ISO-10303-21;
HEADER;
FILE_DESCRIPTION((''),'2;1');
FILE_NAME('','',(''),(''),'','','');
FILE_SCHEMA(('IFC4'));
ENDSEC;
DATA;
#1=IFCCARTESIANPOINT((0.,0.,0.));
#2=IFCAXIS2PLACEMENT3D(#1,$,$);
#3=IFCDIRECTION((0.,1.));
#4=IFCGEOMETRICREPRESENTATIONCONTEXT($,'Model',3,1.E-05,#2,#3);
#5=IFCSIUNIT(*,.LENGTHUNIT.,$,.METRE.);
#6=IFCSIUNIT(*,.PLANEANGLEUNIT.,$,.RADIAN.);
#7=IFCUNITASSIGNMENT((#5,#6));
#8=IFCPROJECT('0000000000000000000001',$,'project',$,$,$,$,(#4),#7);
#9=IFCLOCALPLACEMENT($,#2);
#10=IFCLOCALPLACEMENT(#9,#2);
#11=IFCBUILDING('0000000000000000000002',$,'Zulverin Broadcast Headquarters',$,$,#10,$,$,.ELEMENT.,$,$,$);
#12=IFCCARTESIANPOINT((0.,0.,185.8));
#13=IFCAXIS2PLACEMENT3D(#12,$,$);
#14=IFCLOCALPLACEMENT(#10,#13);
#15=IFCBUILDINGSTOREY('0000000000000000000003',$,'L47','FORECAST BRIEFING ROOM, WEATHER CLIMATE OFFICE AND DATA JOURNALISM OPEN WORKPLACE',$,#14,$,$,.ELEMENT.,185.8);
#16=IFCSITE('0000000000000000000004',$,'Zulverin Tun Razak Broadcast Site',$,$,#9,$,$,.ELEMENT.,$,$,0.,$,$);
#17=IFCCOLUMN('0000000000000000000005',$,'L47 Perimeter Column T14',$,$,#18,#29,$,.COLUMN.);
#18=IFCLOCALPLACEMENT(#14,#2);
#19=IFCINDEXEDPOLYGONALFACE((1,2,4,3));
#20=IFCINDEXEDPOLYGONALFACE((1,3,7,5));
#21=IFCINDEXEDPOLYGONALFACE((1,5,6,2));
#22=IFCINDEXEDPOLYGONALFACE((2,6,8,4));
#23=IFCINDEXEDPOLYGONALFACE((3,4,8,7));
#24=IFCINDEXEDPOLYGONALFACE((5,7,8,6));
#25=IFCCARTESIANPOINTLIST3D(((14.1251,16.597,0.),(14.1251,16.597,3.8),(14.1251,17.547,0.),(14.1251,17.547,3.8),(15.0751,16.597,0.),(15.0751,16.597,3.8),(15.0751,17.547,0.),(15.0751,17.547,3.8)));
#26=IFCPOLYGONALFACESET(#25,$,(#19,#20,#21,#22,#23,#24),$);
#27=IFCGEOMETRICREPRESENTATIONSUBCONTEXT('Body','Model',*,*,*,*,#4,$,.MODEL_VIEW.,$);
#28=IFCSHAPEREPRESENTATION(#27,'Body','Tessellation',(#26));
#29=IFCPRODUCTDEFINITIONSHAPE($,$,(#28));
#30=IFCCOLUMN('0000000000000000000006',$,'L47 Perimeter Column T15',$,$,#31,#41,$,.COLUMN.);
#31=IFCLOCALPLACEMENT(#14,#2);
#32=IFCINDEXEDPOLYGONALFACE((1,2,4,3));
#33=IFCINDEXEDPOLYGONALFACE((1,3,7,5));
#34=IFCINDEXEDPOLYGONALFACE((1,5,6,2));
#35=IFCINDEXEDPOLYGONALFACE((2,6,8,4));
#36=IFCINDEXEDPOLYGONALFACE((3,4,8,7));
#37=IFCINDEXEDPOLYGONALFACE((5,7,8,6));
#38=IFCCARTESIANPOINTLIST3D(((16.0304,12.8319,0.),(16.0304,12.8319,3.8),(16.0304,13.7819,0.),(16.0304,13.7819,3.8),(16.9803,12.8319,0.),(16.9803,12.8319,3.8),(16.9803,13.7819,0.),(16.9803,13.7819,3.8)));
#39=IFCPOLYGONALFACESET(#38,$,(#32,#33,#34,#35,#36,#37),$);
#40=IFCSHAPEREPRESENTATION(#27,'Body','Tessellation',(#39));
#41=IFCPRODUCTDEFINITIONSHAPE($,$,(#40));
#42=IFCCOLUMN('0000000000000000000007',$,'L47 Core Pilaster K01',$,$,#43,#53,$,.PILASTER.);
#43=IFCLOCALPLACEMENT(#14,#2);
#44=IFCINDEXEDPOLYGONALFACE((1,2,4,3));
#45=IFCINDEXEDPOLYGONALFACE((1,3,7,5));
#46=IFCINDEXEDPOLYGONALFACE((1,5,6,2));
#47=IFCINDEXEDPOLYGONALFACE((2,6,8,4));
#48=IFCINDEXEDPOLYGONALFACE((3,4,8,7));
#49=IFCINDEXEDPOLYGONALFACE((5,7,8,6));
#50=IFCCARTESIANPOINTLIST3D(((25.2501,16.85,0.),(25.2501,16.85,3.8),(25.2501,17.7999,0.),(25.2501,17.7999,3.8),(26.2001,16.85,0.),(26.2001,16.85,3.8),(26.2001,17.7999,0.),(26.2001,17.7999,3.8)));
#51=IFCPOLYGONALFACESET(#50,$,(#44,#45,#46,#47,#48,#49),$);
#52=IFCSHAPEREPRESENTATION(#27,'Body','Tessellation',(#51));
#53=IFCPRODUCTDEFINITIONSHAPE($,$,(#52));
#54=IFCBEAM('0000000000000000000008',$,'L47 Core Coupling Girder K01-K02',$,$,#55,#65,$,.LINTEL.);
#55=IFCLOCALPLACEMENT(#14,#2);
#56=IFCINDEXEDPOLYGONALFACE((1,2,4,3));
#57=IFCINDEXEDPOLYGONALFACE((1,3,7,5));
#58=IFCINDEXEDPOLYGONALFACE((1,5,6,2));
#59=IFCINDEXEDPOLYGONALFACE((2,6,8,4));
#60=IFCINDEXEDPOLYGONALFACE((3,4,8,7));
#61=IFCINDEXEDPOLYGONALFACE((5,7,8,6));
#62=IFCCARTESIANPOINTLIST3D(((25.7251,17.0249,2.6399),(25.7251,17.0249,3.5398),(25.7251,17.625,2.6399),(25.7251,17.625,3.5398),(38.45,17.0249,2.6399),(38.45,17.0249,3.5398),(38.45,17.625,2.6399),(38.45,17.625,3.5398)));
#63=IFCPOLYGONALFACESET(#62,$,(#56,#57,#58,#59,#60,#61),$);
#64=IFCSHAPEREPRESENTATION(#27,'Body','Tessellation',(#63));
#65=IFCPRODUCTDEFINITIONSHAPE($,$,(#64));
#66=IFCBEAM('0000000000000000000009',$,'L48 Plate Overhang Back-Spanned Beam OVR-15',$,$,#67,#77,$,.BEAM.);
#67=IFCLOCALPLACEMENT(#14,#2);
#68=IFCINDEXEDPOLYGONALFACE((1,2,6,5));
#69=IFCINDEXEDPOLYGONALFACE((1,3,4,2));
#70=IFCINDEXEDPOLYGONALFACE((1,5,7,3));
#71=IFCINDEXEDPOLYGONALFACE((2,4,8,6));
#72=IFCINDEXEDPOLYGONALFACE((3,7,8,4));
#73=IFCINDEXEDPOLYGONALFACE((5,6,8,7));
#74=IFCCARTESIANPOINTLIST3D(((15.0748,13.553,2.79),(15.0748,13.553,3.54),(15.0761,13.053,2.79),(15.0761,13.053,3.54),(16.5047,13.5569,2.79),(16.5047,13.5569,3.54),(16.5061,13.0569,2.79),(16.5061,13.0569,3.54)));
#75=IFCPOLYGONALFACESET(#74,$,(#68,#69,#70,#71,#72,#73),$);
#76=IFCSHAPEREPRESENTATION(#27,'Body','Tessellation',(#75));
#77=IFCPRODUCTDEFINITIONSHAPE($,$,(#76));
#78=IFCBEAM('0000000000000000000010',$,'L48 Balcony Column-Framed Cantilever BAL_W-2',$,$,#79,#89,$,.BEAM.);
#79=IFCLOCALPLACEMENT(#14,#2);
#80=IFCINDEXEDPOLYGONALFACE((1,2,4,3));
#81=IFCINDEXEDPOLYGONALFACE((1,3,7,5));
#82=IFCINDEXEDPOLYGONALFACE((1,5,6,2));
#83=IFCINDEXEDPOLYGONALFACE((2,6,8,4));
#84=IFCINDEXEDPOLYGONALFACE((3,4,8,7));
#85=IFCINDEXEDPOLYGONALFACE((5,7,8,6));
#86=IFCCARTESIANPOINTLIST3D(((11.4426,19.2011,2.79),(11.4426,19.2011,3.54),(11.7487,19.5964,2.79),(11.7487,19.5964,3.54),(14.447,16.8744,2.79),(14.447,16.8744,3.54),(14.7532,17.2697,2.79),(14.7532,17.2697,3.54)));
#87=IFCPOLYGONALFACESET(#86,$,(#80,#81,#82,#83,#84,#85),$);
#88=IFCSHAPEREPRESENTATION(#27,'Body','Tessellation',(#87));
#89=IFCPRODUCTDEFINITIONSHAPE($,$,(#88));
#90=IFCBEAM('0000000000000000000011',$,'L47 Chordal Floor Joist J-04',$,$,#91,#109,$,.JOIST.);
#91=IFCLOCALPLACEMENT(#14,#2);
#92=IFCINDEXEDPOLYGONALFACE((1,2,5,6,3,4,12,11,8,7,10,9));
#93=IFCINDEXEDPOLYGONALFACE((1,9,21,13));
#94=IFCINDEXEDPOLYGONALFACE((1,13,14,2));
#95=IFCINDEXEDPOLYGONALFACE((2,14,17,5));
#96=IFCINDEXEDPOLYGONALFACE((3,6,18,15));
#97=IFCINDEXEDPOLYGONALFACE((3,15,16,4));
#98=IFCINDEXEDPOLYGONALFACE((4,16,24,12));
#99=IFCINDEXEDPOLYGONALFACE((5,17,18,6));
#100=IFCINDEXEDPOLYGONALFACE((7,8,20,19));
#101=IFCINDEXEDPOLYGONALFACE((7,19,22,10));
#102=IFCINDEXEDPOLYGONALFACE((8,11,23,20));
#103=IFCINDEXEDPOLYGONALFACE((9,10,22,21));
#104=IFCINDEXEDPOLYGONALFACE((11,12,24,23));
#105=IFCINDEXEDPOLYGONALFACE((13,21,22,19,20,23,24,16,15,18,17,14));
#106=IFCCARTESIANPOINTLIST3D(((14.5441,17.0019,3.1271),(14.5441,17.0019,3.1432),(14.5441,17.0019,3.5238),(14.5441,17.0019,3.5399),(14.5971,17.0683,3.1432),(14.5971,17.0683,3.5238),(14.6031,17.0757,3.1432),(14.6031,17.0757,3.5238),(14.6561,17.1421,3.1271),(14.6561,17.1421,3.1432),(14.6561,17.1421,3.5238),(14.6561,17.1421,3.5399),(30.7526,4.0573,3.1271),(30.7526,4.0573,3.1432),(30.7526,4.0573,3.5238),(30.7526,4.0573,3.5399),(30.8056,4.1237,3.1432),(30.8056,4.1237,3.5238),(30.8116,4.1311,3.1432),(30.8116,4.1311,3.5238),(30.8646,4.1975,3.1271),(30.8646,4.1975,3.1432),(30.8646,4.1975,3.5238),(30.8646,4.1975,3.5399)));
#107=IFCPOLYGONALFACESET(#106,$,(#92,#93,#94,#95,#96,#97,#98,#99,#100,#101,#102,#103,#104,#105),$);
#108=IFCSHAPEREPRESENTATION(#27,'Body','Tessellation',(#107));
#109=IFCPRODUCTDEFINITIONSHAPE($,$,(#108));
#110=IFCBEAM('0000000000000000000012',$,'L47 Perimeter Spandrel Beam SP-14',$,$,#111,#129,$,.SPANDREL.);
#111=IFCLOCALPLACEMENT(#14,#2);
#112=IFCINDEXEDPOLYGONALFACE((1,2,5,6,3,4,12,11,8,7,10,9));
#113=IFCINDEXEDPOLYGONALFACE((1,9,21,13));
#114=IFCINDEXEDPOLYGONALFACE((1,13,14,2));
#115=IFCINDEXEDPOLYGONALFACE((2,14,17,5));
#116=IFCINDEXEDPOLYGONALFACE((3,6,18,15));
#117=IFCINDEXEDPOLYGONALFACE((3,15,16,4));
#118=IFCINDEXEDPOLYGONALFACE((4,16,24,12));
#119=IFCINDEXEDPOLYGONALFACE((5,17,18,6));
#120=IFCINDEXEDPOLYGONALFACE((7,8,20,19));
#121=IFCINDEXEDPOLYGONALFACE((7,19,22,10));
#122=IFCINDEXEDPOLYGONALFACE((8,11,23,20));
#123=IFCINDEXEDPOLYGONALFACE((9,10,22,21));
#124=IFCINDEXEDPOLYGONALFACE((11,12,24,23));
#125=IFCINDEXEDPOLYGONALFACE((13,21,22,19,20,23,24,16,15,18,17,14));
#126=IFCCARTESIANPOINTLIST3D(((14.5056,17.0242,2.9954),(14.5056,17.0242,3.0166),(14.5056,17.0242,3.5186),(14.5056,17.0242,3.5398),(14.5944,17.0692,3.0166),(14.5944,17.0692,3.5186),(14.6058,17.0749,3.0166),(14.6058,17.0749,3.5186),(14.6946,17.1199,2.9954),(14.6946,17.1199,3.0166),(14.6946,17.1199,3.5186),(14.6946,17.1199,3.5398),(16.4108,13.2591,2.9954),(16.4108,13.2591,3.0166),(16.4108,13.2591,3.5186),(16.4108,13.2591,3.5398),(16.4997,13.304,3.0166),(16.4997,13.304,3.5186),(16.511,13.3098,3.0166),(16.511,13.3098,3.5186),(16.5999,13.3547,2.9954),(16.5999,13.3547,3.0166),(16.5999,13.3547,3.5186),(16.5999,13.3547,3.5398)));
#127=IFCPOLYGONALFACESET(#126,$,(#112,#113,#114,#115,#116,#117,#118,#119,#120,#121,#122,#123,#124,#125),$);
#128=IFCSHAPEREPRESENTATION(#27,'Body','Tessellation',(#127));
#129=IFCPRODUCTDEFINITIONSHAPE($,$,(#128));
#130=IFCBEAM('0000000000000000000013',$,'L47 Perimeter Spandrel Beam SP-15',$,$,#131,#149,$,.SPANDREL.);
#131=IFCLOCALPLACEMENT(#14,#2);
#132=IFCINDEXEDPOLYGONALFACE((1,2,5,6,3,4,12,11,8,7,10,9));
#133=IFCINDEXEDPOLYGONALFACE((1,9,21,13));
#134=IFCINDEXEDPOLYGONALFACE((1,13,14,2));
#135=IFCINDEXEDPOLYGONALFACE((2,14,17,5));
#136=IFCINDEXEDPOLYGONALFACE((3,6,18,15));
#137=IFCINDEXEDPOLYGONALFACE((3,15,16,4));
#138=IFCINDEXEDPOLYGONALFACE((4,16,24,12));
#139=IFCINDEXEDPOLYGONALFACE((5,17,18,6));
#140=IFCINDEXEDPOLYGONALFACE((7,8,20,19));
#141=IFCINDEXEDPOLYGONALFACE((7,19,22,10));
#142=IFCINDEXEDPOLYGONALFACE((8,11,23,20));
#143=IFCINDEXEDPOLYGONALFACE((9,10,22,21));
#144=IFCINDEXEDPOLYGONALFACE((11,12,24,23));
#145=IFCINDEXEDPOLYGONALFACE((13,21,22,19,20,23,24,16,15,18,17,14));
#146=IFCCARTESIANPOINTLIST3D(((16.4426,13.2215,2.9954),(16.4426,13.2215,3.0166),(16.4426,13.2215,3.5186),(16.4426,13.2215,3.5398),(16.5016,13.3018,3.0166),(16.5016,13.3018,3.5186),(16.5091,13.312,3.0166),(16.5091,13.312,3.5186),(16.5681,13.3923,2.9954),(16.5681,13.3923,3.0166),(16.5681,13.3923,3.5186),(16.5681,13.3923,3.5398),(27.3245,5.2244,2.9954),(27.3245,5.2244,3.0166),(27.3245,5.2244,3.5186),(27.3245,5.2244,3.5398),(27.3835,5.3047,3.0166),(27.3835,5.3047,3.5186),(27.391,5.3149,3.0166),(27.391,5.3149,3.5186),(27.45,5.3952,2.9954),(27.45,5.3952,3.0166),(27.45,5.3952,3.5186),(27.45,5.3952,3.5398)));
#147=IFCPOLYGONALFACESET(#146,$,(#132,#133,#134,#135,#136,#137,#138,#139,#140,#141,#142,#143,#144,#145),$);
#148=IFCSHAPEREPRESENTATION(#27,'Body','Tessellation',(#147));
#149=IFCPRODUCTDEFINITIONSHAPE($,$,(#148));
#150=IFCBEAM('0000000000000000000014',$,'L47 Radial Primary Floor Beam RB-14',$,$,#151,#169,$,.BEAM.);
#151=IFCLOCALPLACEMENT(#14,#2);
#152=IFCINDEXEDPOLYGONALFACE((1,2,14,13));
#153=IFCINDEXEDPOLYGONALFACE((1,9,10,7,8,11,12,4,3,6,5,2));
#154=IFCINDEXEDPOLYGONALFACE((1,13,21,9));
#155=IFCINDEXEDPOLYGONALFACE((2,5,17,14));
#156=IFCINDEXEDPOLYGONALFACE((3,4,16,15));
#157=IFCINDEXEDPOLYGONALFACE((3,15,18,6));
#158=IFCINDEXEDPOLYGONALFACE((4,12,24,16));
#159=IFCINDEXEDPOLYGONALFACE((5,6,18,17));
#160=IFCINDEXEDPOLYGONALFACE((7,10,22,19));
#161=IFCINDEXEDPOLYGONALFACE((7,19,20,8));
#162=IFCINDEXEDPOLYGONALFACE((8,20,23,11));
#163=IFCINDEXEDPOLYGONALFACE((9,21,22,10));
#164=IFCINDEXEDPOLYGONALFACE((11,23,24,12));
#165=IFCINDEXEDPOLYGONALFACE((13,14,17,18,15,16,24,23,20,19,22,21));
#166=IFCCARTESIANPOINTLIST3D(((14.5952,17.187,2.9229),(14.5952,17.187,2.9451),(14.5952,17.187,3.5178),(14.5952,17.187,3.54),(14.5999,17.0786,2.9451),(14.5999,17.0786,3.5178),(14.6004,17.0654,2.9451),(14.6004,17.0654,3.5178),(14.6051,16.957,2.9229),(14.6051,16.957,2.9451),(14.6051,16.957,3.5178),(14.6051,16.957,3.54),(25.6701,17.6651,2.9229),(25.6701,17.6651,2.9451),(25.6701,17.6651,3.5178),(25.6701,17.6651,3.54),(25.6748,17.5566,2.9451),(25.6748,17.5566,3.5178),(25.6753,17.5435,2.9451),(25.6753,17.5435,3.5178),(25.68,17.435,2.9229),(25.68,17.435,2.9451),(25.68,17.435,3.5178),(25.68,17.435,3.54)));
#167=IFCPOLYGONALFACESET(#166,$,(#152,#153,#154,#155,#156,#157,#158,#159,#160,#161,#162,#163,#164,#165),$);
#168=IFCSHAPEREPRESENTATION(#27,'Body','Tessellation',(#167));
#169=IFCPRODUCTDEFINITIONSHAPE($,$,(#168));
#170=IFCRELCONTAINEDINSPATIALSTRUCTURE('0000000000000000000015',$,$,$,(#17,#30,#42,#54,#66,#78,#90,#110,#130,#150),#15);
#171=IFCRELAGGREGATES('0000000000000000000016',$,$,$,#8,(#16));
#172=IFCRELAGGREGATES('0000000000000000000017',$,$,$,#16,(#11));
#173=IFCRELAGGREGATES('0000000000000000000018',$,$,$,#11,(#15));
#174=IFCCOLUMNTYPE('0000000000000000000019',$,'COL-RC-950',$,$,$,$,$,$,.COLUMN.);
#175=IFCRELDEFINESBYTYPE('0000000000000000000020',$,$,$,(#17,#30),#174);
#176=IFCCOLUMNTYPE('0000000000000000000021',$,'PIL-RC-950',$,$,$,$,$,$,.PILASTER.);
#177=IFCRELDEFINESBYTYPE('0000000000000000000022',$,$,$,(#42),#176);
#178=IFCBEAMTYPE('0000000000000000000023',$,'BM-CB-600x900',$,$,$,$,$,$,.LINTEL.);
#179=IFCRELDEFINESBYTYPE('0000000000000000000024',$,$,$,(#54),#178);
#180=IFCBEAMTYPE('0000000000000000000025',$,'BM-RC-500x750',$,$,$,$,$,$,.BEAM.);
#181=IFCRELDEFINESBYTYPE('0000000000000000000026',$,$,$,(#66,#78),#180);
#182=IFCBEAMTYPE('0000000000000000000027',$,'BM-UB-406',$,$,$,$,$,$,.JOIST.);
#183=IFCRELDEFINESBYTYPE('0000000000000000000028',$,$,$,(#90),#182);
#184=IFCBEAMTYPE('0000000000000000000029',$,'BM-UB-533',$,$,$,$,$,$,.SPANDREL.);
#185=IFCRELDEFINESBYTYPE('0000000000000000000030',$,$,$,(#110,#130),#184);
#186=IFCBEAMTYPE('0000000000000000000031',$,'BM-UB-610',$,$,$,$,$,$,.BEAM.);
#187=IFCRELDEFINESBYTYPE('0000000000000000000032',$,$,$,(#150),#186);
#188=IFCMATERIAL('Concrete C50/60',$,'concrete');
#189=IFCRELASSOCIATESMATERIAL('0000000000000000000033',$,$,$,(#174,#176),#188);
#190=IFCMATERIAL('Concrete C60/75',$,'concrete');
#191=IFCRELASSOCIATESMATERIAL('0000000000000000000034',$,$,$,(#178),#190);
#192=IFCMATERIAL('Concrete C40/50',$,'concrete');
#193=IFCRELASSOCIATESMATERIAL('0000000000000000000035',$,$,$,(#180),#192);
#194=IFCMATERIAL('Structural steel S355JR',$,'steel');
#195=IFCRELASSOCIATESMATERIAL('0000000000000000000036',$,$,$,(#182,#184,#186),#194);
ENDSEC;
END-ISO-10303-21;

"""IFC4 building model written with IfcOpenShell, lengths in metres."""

from ifc_helpers import new_model, si_unit, direction, frame, origin, origin_2d, place, context, subcontext, project, spatial, rectangle, i_section, extrude, material, material_profile, profile_set, type_object, element, save


model = new_model("IFC4")

# Units and contexts
model_context = context("Model", 3, precision=1e-05, world=origin(), true_north=direction((0.0, 1.0)))
body_context = subcontext(model_context, "Body", "Model", "MODEL_VIEW")
ifc_project = project(units=[si_unit("LENGTHUNIT", "METRE"), si_unit("PLANEANGLEUNIT", "RADIAN")], contexts=[model_context])

# Site, building, storey
site_placement = place(None, origin())
site = spatial("IfcSite", under=ifc_project, at=site_placement, Name="Zulverin Tun Razak Broadcast Site", CompositionType="ELEMENT", RefElevation=0.0)
building_placement = place(site_placement, origin())
building = spatial("IfcBuilding", under=site, at=building_placement, Name="Zulverin Broadcast Headquarters", CompositionType="ELEMENT")
storey_placement = place(building_placement, frame((0.0, 0.0, 185.8)))
storey = spatial("IfcBuildingStorey", under=building, at=storey_placement, Name="L47", Description="FORECAST BRIEFING ROOM, WEATHER CLIMATE OFFICE AND DATA JOURNALISM OPEN WORKPLACE", CompositionType="ELEMENT", Elevation=185.8)

# Columns
ifc_material_1 = material(Name="Concrete C50/60", Category="concrete")
ifc_material_profile_1 = material_profile(ifc_material_1, rectangle(XDim=0.95, YDim=0.95, at=origin_2d()), Name="Concrete C50/60", Category="concrete")
ifc_profile_set_1 = profile_set([ifc_material_profile_1], Name="Concrete C50/60")
column_type_1 = type_object("IfcColumnType", Name="COL-RC-950", PredefinedType="COLUMN", material=ifc_profile_set_1)
for number, where, z_axis, x_axis, name in (
    (1, (14.6001, 17.072, 0.0), (0.0, 0.0, 1.0), (1.0, 0.0, 0.0), "L47 Perimeter Column T14"),
    (2, (16.5054, 13.3069, 0.0), (0.0, 0.0, 1.0), (1.0, 0.0, 0.0), "L47 Perimeter Column T15"),
):
    element("IfcColumn", number, at=place(storey_placement, frame(where, z_axis=z_axis, x_axis=x_axis)), inside=storey, type_object=column_type_1, Name=name, PredefinedType="COLUMN", context=body_context, shape_type="SweptSolid", body=[
        extrude(rectangle(XDim=0.95, YDim=0.95, at=origin_2d()), origin(), (0.0, 0.0, 1.0), 3.8),
    ])
ifc_material_profile_2 = material_profile(ifc_material_1, rectangle(XDim=0.95, YDim=0.95, at=origin_2d()), Name="Concrete C50/60", Category="concrete")
ifc_profile_set_2 = profile_set([ifc_material_profile_2], Name="Concrete C50/60")
column_type_2 = type_object("IfcColumnType", Name="PIL-RC-950", PredefinedType="PILASTER", material=ifc_profile_set_2)
column_placement = place(storey_placement, frame((25.7251, 17.325, 0.0), z_axis=(0.0, 0.0, 1.0), x_axis=(1.0, 0.0, 0.0)))
element("IfcColumn", 3, at=column_placement, inside=storey, type_object=column_type_2, Name="L47 Core Pilaster K01", PredefinedType="PILASTER", context=body_context, shape_type="SweptSolid", body=[
    extrude(rectangle(XDim=0.95, YDim=0.95, at=origin_2d()), origin(), (0.0, 0.0, 1.0), 3.8),
])

# Beams
ifc_material_2 = material(Name="Concrete C60/75", Category="concrete")
ifc_material_profile_3 = material_profile(ifc_material_2, rectangle(XDim=0.6001, YDim=0.8999, at=origin_2d()), Name="Concrete C60/75", Category="concrete")
ifc_profile_set_3 = profile_set([ifc_material_profile_3], Name="Concrete C60/75")
beam_type_1 = type_object("IfcBeamType", Name="BM-CB-600x900", PredefinedType="LINTEL", material=ifc_profile_set_3)
beam_1_placement = place(storey_placement, frame((25.7251, 17.325, 3.0898), z_axis=(1.0, 0.0, 0.0), x_axis=(0.0, 1.0, 0.0)))
element("IfcBeam", 4, at=beam_1_placement, inside=storey, type_object=beam_type_1, Name="L47 Core Coupling Girder K01-K02", PredefinedType="LINTEL", context=body_context, shape_type="SweptSolid", body=[
    extrude(rectangle(XDim=0.6001, YDim=0.8999, at=origin_2d()), origin(), (0.0, 0.0, 1.0), 12.7249),
])
ifc_material_3 = material(Name="Concrete C40/50", Category="concrete")
ifc_material_profile_4 = material_profile(ifc_material_3, rectangle(XDim=0.5, YDim=0.75, at=origin_2d()), Name="Concrete C40/50", Category="concrete")
ifc_profile_set_4 = profile_set([ifc_material_profile_4], Name="Concrete C40/50")
beam_type_2 = type_object("IfcBeamType", Name="BM-RC-500x750", PredefinedType="BEAM", material=ifc_profile_set_4)
beam_2_placement = place(storey_placement, frame((16.5054, 13.3069, 3.165), z_axis=(-0.999996, -0.002732, 0.0), x_axis=(0.002732, -0.999996, 0.0)))
element("IfcBeam", 5, at=beam_2_placement, inside=storey, type_object=beam_type_2, Name="L48 Plate Overhang Back-Spanned Beam OVR-15", PredefinedType="BEAM", context=body_context, shape_type="SweptSolid", body=[
    extrude(rectangle(XDim=0.5, YDim=0.75, at=origin_2d()), origin(), (0.0, 0.0, 1.0), 1.4299),
])
beam_3_placement = place(storey_placement, frame((14.6001, 17.072, 3.165), z_axis=(-0.790637, 0.612285, 0.0), x_axis=(-0.612285, -0.790637, 0.0)))
element("IfcBeam", 6, at=beam_3_placement, inside=storey, type_object=beam_type_2, Name="L48 Balcony Column-Framed Cantilever BAL_W-2", PredefinedType="BEAM", context=body_context, shape_type="SweptSolid", body=[
    extrude(rectangle(XDim=0.5, YDim=0.75, at=origin_2d()), origin(), (0.0, 0.0, 1.0), 3.8),
])
ifc_material_4 = material(Name="Structural steel S355JR", Category="steel")
ifc_material_profile_5 = material_profile(ifc_material_4, i_section(OverallWidth=0.1794, OverallDepth=0.4128, WebThickness=0.0095, FlangeThickness=0.0161, at=origin_2d()), Name="Structural steel S355JR", Category="steel")
ifc_profile_set_5 = profile_set([ifc_material_profile_5], Name="Structural steel S355JR")
beam_type_3 = type_object("IfcBeamType", Name="BM-UB-406", PredefinedType="JOIST", material=ifc_profile_set_5)
beam_4_placement = place(storey_placement, frame((14.6001, 17.072, 3.3335), z_axis=(0.781391, -0.624042, 0.0), x_axis=(0.624042, 0.781391, 0.0)))
element("IfcBeam", 7, at=beam_4_placement, inside=storey, type_object=beam_type_3, Name="L47 Chordal Floor Joist J-04", PredefinedType="JOIST", context=body_context, shape_type="SweptSolid", body=[
    extrude(i_section(OverallWidth=0.1794, OverallDepth=0.4128, WebThickness=0.0095, FlangeThickness=0.0161, at=origin_2d()), origin(), (0.0, 0.0, 1.0), 20.7432),
])
ifc_material_profile_6 = material_profile(ifc_material_4, i_section(OverallWidth=0.2119, OverallDepth=0.5444, WebThickness=0.0127, FlangeThickness=0.0212, at=origin_2d()), Name="Structural steel S355JR", Category="steel")
ifc_profile_set_6 = profile_set([ifc_material_profile_6], Name="Structural steel S355JR")
beam_type_4 = type_object("IfcBeamType", Name="BM-UB-533", PredefinedType="SPANDREL", material=ifc_profile_set_6)
beam_5_placement = place(storey_placement, frame((14.6001, 17.072, 3.2676), z_axis=(0.451513, -0.892265, 0.0), x_axis=(0.892265, 0.451513, 0.0)))
element("IfcBeam", 8, at=beam_5_placement, inside=storey, type_object=beam_type_4, Name="L47 Perimeter Spandrel Beam SP-14", PredefinedType="SPANDREL", context=body_context, shape_type="SweptSolid", body=[
    extrude(i_section(OverallWidth=0.2119, OverallDepth=0.5444, WebThickness=0.0127, FlangeThickness=0.0212, at=origin_2d()), origin(), (0.0, 0.0, 1.0), 4.2197),
])
beam_6_placement = place(storey_placement, frame((16.5054, 13.3069, 3.2676), z_axis=(0.805802, -0.592185, 0.0), x_axis=(0.592185, 0.805802, 0.0)))
element("IfcBeam", 9, at=beam_6_placement, inside=storey, type_object=beam_type_4, Name="L47 Perimeter Spandrel Beam SP-15", PredefinedType="SPANDREL", context=body_context, shape_type="SweptSolid", body=[
    extrude(i_section(OverallWidth=0.2119, OverallDepth=0.5444, WebThickness=0.0127, FlangeThickness=0.0212, at=origin_2d()), origin(), (0.0, 0.0, 1.0), 13.5044),
])
ifc_material_profile_7 = material_profile(ifc_material_4, i_section(OverallWidth=0.2302, OverallDepth=0.6172, WebThickness=0.0132, FlangeThickness=0.0222, at=origin_2d()), Name="Structural steel S355JR", Category="steel")
ifc_profile_set_7 = profile_set([ifc_material_profile_7], Name="Structural steel S355JR")
beam_type_5 = type_object("IfcBeamType", Name="BM-UB-610", PredefinedType="BEAM", material=ifc_profile_set_7)
beam_7_placement = place(storey_placement, frame((25.675, 17.55, 3.2314), z_axis=(-0.99907, -0.043123, 0.0), x_axis=(0.043123, -0.99907, 0.0)))
element("IfcBeam", 10, at=beam_7_placement, inside=storey, type_object=beam_type_5, Name="L47 Radial Primary Floor Beam RB-14", PredefinedType="BEAM", context=body_context, shape_type="SweptSolid", body=[
    extrude(i_section(OverallWidth=0.2302, OverallDepth=0.6172, WebThickness=0.0132, FlangeThickness=0.0222, at=origin_2d()), origin(), (0.0, 0.0, 1.0), 11.0852),
])

save(model, "model.ifc")
